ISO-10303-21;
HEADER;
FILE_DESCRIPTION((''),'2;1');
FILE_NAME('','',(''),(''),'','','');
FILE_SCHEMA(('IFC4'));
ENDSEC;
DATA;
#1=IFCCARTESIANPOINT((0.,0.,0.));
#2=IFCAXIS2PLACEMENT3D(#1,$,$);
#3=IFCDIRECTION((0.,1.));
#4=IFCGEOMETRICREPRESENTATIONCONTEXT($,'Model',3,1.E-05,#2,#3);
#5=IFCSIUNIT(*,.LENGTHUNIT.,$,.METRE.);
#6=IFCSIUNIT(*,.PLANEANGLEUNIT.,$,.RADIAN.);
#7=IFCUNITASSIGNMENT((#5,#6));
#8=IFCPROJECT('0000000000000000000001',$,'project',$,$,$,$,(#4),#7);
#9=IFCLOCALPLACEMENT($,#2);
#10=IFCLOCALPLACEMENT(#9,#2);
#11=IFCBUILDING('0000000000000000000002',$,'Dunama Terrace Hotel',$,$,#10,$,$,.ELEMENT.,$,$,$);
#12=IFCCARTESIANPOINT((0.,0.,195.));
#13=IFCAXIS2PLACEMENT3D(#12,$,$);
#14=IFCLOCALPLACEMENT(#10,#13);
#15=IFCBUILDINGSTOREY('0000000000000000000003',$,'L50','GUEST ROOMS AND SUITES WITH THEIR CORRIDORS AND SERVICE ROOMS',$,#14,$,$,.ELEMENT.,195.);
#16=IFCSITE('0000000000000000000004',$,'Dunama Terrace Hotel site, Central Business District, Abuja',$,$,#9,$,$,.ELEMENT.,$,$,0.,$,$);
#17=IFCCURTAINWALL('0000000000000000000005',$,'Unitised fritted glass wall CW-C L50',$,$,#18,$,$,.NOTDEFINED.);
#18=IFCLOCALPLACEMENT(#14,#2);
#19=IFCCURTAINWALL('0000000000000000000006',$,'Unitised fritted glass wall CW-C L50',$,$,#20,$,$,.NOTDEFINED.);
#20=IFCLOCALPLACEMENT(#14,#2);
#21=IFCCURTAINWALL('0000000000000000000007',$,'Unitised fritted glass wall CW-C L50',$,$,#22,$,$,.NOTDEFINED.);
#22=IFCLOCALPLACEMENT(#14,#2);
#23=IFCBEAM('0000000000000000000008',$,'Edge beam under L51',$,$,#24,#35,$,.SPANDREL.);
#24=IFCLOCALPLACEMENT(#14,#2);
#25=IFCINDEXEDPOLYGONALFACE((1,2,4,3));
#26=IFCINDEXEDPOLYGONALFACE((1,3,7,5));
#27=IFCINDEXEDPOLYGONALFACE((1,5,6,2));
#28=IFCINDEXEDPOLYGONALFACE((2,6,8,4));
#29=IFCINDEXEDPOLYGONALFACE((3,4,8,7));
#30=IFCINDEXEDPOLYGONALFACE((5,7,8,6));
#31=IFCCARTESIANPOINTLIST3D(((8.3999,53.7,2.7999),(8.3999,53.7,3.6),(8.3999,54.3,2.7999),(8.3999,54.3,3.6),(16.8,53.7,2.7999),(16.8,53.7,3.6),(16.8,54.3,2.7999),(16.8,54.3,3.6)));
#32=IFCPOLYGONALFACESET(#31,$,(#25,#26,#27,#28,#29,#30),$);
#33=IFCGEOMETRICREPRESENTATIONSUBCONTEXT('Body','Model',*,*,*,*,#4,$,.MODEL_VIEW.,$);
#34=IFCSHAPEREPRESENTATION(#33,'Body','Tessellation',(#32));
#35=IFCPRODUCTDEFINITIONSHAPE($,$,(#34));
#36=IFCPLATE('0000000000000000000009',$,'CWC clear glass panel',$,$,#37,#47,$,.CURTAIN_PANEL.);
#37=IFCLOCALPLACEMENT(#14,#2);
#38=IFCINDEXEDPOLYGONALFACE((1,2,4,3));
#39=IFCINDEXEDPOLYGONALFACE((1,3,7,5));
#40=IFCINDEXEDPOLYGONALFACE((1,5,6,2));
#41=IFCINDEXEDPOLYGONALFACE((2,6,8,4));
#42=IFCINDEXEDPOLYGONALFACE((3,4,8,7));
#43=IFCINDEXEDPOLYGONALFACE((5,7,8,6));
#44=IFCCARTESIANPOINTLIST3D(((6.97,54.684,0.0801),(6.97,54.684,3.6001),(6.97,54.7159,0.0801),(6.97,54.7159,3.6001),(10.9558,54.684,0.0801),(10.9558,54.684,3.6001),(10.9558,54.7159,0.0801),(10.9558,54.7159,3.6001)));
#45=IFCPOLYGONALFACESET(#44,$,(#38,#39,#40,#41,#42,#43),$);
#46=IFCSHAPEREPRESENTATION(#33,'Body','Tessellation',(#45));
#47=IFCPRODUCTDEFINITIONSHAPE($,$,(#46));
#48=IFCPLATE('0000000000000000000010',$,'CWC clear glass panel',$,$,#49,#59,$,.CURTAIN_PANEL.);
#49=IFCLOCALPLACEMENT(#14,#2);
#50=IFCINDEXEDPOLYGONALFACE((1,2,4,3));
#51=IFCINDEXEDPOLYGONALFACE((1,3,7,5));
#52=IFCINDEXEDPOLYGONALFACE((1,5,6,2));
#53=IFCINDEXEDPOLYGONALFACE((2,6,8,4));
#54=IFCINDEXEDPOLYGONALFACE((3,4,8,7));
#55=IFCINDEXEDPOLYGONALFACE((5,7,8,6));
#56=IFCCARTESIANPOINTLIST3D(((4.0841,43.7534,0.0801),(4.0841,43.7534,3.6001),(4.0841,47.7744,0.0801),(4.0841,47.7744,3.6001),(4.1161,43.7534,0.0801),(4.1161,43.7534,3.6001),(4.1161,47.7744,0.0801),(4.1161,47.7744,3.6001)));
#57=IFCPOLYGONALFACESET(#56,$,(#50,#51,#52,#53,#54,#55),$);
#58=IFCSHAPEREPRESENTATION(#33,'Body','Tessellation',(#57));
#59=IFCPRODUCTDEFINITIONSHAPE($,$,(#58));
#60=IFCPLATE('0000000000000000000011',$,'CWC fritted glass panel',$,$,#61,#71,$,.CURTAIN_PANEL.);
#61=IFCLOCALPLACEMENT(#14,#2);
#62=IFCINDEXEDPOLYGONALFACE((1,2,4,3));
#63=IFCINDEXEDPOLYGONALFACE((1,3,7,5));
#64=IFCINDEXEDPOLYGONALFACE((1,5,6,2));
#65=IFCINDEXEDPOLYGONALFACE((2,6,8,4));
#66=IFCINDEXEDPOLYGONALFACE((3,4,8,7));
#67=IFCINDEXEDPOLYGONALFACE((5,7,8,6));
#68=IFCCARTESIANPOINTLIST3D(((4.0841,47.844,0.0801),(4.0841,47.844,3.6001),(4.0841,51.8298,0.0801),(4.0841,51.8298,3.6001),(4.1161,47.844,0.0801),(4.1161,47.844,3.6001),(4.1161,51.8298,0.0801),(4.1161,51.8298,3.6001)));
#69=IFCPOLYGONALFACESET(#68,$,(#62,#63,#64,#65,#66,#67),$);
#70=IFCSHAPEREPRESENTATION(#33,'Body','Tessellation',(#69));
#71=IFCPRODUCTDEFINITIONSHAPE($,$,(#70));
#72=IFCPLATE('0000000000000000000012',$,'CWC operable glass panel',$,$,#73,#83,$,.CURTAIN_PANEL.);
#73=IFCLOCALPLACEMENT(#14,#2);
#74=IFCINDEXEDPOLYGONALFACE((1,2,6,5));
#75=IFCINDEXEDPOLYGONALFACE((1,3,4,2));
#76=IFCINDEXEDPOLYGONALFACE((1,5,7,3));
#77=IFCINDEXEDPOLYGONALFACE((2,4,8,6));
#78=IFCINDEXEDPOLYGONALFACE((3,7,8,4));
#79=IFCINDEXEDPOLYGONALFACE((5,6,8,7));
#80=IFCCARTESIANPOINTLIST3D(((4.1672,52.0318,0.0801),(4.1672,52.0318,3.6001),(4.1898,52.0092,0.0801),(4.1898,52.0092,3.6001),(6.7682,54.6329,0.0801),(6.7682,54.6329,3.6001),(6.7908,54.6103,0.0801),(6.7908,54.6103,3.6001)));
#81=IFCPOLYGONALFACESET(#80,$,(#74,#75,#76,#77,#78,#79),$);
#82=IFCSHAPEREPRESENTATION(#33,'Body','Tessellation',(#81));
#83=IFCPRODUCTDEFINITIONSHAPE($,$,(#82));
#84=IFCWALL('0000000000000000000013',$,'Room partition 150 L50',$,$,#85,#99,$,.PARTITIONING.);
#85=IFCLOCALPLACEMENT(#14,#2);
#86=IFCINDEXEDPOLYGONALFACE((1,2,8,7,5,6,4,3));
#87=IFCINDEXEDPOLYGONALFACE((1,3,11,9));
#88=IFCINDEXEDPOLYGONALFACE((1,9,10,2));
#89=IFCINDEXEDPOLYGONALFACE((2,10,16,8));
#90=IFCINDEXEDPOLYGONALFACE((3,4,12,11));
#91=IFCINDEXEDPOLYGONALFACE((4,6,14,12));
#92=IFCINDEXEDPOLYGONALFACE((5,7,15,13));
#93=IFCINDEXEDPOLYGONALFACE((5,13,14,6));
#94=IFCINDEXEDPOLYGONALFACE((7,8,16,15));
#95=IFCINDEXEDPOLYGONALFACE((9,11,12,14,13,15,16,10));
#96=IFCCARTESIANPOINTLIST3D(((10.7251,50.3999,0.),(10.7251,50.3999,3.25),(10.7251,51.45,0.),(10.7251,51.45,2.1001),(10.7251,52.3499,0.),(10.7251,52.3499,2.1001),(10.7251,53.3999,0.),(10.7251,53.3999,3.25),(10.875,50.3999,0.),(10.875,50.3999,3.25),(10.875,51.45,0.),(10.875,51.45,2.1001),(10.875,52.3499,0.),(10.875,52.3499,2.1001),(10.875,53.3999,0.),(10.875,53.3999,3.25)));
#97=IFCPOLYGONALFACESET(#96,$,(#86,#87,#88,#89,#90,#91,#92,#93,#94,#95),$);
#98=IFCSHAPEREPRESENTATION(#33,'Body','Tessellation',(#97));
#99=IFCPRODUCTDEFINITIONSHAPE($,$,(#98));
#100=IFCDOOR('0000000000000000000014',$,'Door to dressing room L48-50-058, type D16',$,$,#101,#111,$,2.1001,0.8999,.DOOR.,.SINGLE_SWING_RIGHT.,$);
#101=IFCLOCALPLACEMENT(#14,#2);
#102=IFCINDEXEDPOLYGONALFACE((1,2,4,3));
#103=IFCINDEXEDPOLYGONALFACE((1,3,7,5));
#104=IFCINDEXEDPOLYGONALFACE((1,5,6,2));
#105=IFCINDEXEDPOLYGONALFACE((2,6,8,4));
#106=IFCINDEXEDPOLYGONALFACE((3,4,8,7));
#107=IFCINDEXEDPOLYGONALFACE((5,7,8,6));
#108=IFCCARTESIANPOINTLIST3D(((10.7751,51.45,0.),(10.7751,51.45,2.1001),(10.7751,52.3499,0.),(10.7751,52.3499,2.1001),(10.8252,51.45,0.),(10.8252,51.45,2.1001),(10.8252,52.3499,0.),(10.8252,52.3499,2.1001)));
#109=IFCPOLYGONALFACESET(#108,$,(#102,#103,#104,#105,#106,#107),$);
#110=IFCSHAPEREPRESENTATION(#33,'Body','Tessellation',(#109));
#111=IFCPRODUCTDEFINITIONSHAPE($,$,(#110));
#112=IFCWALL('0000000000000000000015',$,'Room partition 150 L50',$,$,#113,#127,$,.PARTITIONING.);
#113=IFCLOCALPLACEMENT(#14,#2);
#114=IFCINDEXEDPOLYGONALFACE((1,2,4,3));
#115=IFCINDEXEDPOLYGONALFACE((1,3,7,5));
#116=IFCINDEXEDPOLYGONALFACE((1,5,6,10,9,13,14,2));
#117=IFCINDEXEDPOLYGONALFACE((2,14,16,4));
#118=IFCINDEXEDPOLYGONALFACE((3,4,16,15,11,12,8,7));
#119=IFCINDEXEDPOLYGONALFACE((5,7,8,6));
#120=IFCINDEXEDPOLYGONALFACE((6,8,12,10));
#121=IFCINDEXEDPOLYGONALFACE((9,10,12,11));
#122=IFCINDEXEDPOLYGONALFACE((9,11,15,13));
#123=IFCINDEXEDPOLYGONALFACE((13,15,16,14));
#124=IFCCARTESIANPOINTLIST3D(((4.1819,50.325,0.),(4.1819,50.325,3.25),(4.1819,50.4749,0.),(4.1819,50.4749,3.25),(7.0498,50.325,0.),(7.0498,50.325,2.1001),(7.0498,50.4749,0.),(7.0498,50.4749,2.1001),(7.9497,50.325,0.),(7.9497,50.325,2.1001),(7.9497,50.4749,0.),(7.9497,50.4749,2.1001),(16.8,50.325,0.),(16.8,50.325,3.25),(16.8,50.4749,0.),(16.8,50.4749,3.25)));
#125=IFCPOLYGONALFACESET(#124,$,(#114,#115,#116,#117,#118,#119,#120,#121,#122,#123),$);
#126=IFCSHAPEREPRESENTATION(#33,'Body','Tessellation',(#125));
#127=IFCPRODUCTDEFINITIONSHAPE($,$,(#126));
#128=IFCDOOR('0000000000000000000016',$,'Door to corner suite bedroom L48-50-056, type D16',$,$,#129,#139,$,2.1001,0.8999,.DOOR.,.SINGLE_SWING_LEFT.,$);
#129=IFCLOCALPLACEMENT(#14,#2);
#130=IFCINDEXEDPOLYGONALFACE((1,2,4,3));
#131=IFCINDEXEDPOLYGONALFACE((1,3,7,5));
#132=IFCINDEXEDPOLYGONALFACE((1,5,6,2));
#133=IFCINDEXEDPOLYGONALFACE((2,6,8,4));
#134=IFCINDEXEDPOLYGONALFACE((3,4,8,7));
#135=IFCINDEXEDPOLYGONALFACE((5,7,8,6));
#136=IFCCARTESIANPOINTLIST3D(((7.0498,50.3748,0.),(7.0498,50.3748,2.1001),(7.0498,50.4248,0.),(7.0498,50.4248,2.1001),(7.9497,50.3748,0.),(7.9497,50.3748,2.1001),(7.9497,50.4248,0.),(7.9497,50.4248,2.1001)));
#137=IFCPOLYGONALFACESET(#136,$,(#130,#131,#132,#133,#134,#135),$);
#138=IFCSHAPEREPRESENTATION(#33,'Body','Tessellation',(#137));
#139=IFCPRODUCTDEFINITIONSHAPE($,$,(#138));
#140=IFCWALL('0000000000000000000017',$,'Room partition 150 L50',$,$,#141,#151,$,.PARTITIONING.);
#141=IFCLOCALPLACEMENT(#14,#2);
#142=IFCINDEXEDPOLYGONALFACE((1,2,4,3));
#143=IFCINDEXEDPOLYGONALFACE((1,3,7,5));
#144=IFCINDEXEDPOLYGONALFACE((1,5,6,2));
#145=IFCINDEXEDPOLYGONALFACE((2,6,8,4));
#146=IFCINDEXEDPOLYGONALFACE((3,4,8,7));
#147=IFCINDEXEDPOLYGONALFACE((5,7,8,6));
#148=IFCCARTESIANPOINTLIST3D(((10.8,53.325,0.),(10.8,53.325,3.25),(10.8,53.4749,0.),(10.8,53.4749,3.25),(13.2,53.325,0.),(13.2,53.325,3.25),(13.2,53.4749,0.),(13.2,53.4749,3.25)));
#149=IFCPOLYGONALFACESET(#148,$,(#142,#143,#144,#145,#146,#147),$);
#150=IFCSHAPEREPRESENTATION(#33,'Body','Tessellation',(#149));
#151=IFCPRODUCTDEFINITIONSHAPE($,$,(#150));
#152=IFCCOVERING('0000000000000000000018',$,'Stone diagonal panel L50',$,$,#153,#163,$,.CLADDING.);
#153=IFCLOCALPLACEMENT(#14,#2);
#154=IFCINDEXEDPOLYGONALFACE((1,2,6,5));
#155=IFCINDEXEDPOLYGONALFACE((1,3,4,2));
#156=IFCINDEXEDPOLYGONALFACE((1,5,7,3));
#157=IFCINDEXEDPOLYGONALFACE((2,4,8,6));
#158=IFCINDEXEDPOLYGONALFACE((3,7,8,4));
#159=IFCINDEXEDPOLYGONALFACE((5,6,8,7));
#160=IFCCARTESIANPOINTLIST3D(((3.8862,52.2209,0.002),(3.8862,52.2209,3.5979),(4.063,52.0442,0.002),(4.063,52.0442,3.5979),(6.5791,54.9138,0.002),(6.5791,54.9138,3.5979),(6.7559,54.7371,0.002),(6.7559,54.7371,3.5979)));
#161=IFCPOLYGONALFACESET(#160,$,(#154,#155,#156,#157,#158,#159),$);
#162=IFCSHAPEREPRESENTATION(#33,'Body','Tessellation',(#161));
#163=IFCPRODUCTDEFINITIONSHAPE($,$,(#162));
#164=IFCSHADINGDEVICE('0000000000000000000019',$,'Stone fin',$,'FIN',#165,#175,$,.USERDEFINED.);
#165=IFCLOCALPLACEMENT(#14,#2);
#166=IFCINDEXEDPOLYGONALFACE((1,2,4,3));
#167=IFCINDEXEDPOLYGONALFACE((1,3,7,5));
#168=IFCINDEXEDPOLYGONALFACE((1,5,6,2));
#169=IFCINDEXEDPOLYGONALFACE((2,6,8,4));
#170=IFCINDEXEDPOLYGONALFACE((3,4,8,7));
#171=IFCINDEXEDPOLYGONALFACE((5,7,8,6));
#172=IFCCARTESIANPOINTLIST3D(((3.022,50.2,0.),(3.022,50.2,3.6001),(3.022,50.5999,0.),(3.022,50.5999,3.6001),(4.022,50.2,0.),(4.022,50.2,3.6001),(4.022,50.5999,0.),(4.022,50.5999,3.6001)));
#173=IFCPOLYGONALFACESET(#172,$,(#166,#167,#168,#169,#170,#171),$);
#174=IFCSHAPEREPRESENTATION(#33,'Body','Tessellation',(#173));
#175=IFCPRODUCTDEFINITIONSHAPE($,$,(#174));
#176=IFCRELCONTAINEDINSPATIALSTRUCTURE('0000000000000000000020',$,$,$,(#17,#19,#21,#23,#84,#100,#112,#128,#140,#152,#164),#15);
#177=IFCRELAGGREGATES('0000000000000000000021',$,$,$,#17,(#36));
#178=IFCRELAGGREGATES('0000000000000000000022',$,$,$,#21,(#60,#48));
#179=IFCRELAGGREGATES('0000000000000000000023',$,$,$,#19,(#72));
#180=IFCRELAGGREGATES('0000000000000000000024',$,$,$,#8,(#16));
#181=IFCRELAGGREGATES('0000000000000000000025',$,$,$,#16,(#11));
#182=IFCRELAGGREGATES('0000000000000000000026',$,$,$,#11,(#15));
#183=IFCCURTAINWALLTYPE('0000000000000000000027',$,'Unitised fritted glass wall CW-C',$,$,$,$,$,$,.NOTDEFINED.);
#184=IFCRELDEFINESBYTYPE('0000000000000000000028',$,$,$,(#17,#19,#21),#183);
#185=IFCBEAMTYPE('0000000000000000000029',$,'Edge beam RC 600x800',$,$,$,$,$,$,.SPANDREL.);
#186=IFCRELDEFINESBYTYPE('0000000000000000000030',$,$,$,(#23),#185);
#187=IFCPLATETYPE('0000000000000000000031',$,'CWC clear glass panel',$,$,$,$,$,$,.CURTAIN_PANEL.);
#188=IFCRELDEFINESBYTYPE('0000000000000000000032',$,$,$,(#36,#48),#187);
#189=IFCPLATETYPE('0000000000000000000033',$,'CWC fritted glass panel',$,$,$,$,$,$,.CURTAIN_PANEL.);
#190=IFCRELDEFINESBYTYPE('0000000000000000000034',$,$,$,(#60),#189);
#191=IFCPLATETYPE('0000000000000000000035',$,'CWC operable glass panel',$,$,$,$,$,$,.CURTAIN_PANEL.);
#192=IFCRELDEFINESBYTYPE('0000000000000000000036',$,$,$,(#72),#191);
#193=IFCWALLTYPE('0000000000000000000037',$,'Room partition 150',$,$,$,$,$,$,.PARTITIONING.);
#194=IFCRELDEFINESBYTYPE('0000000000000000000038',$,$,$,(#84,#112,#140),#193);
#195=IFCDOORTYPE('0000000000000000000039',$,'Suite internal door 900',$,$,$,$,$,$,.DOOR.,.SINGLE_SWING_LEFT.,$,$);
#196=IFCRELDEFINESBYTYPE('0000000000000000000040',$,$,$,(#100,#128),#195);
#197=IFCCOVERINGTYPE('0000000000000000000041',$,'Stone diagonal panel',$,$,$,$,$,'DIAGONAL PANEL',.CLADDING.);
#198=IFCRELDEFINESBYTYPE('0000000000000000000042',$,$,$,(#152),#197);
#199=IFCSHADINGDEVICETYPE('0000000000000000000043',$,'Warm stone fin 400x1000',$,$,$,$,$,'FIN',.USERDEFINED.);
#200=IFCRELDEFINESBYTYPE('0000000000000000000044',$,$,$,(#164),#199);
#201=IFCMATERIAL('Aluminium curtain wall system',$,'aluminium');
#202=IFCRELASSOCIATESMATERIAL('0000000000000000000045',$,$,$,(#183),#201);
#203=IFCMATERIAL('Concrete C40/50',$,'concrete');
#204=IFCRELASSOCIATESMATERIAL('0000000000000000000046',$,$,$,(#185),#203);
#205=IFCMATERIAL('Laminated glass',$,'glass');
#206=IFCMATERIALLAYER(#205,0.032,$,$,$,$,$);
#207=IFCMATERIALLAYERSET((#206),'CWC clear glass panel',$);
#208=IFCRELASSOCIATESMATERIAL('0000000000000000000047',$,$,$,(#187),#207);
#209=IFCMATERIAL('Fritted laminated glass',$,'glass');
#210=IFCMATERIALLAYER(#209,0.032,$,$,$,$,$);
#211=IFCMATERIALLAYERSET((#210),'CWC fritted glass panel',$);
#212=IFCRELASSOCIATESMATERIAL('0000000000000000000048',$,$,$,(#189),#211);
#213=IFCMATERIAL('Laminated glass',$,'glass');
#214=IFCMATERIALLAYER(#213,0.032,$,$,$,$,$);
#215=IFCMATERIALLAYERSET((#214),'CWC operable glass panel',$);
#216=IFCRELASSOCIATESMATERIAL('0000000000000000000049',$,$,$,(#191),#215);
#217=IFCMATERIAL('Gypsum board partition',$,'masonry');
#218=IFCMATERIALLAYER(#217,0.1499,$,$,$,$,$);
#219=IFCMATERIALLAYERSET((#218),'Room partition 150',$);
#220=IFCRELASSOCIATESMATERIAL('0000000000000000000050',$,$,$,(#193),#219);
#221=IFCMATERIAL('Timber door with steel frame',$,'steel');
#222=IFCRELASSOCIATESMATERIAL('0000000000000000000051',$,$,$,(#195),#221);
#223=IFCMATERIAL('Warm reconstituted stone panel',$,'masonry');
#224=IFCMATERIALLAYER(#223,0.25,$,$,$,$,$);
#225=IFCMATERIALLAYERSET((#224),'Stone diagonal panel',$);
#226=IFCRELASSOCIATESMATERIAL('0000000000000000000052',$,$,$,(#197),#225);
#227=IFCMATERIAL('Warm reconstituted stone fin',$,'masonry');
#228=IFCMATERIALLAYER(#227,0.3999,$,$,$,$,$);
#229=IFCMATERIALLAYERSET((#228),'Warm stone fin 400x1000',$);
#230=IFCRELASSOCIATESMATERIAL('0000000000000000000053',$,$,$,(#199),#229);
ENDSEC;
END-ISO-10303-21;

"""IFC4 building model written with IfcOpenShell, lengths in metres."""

from ifc_helpers import new_model, si_unit, direction, frame, frame_2d, origin, origin_2d, place, context, subcontext, project, spatial, rectangle, extrude, material, layer, layer_set, material_profile, profile_set, type_object, element, fill, aggregate, save


model = new_model("IFC4")

# Units and contexts
model_context = context("Model", 3, precision=1e-05, world=origin(), true_north=direction((0.0, 1.0)))
body_context = subcontext(model_context, "Body", "Model", "MODEL_VIEW")
ifc_project = project(units=[si_unit("LENGTHUNIT", "METRE"), si_unit("PLANEANGLEUNIT", "RADIAN")], contexts=[model_context])

# Site, building, storey
site_placement = place(None, origin())
site = spatial("IfcSite", under=ifc_project, at=site_placement, Name="Dunama Terrace Hotel site, Central Business District, Abuja", CompositionType="ELEMENT", RefElevation=0.0)
building_placement = place(site_placement, origin())
building = spatial("IfcBuilding", under=site, at=building_placement, Name="Dunama Terrace Hotel", CompositionType="ELEMENT")
storey_placement = place(building_placement, frame((0.0, 0.0, 195.0)))
storey = spatial("IfcBuildingStorey", under=building, at=storey_placement, Name="L50", Description="GUEST ROOMS AND SUITES WITH THEIR CORRIDORS AND SERVICE ROOMS", CompositionType="ELEMENT", Elevation=195.0)

# Curtain walls
ifc_material_1 = material(Name="Aluminium curtain wall system", Category="aluminium")
curtain_wall_type = type_object("IfcCurtainWallType", Name="Unitised fritted glass wall CW-C", PredefinedType="NOTDEFINED", material=ifc_material_1)
curtain_wall_1_placement = place(storey_placement, origin())
curtain_wall_1 = element("IfcCurtainWall", 1, at=curtain_wall_1_placement, inside=storey, type_object=curtain_wall_type, Name="Unitised fritted glass wall CW-C L50", PredefinedType="NOTDEFINED")
curtain_wall_2_placement = place(storey_placement, origin())
curtain_wall_2 = element("IfcCurtainWall", 2, at=curtain_wall_2_placement, inside=storey, type_object=curtain_wall_type, Name="Unitised fritted glass wall CW-C L50", PredefinedType="NOTDEFINED")
curtain_wall_3_placement = place(storey_placement, origin())
curtain_wall_3 = element("IfcCurtainWall", 3, at=curtain_wall_3_placement, inside=storey, type_object=curtain_wall_type, Name="Unitised fritted glass wall CW-C L50", PredefinedType="NOTDEFINED")

# Beam
ifc_material_2 = material(Name="Concrete C40/50", Category="concrete")
ifc_material_profile_1 = material_profile(ifc_material_2, rectangle(XDim=0.6001, YDim=0.8, at=origin_2d()), Name="RC 600x800")
ifc_profile_set_1 = profile_set([ifc_material_profile_1], Name="Concrete C40/50")
beam_type_1 = type_object("IfcBeamType", Name="Edge beam RC 600x800", PredefinedType="SPANDREL", material=ifc_profile_set_1)
beam_1_placement = place(storey_placement, frame((8.3999, 54.0, 3.2), z_axis=(1.0, 0.0, 0.0), x_axis=(0.0, 1.0, 0.0)))
element("IfcBeam", 4, at=beam_1_placement, inside=storey, type_object=beam_type_1, Name="Edge beam under L51", PredefinedType="SPANDREL", context=body_context, shape_type="SweptSolid", body=[
    extrude(rectangle(XDim=0.6001, YDim=0.8, at=origin_2d()), origin(), (0.0, 0.0, 1.0), 8.4001),
])

# Plates
ifc_material_3 = material(Name="Laminated glass", Category="glass")
ifc_layer_1 = layer(ifc_material_3, 0.032)
ifc_layer_set_1 = layer_set([ifc_layer_1], Name="CWC clear glass panel")
plate_type_1 = type_object("IfcPlateType", Name="CWC clear glass panel", PredefinedType="CURTAIN_PANEL", material=ifc_layer_set_1)
plate_1_placement = place(storey_placement, frame((8.9629, 54.7, 0.0801), z_axis=(0.0, 0.0, 1.0), x_axis=(-1.0, 0.0, 0.0)))
plate_1 = element("IfcPlate", 5, at=plate_1_placement, type_object=plate_type_1, Name="CWC clear glass panel", PredefinedType="CURTAIN_PANEL", context=body_context, shape_type="SweptSolid", body=[
    extrude(rectangle(XDim=3.9858, YDim=0.032, at=origin_2d()), origin(), (0.0, 0.0, 1.0), 3.52),
])
aggregate(curtain_wall_1, [plate_1])
plate_2_placement = place(storey_placement, frame((4.1001, 45.7639, 0.0801), z_axis=(0.0, 0.0, 1.0), x_axis=(0.0, -1.0, 0.0)))
plate_2 = element("IfcPlate", 6, at=plate_2_placement, type_object=plate_type_1, Name="CWC clear glass panel", PredefinedType="CURTAIN_PANEL", context=body_context, shape_type="SweptSolid", body=[
    extrude(rectangle(XDim=4.021, YDim=0.032, at=origin_2d()), origin(), (0.0, 0.0, 1.0), 3.52),
])
ifc_material_4 = material(Name="Fritted laminated glass", Category="glass")
ifc_layer_2 = layer(ifc_material_4, 0.032)
ifc_layer_set_2 = layer_set([ifc_layer_2], Name="CWC fritted glass panel")
plate_type_2 = type_object("IfcPlateType", Name="CWC fritted glass panel", PredefinedType="CURTAIN_PANEL", material=ifc_layer_set_2)
plate_3_placement = place(storey_placement, frame((4.1001, 49.8369, 0.0801), z_axis=(0.0, 0.0, 1.0), x_axis=(0.0, -1.0, 0.0)))
plate_3 = element("IfcPlate", 7, at=plate_3_placement, type_object=plate_type_2, Name="CWC fritted glass panel", PredefinedType="CURTAIN_PANEL", context=body_context, shape_type="SweptSolid", body=[
    extrude(rectangle(XDim=3.9858, YDim=0.032, at=origin_2d()), origin(), (0.0, 0.0, 1.0), 3.52),
])
aggregate(curtain_wall_3, [plate_3, plate_2])
ifc_material_5 = material(Name="Laminated glass", Category="glass")
ifc_layer_3 = layer(ifc_material_5, 0.032)
ifc_layer_set_3 = layer_set([ifc_layer_3], Name="CWC operable glass panel")
plate_type_3 = type_object("IfcPlateType", Name="CWC operable glass panel", PredefinedType="CURTAIN_PANEL", material=ifc_layer_set_3)
plate_4_placement = place(storey_placement, frame((5.479, 53.321, 0.0801), z_axis=(0.0, 0.0, 1.0), x_axis=(-0.707107, -0.707107, 0.0)))
plate_4 = element("IfcPlate", 8, at=plate_4_placement, type_object=plate_type_3, Name="CWC operable glass panel", PredefinedType="CURTAIN_PANEL", context=body_context, shape_type="SweptSolid", body=[
    extrude(rectangle(XDim=3.6785, YDim=0.032, at=origin_2d()), origin(), (0.0, 0.0, 1.0), 3.52),
])
aggregate(curtain_wall_2, [plate_4])

# Walls, openings, doors
ifc_material_6 = material(Name="Gypsum board partition", Category="masonry")
ifc_layer_4 = layer(ifc_material_6, 0.1499)
ifc_layer_set_4 = layer_set([ifc_layer_4], Name="Room partition 150")
wall_type = type_object("IfcWallType", Name="Room partition 150", PredefinedType="PARTITIONING", material=ifc_layer_set_4)
wall_1_placement = place(storey_placement, frame((10.8, 50.3999, 0.0), z_axis=(0.0, 0.0, 1.0), x_axis=(0.0, 1.0, 0.0)))
wall_1 = element("IfcWall", 9, at=wall_1_placement, inside=storey, type_object=wall_type, Name="Room partition 150 L50", PredefinedType="PARTITIONING", context=body_context, shape_type="SweptSolid", body=[
    extrude(rectangle(XDim=3.0, YDim=0.1499, at=frame_2d((1.5, 0.0))), origin(), (0.0, 0.0, 1.0), 3.25),
])
opening_1_placement = place(wall_1_placement, frame((1.05, 0.0, 0.0)))
opening_1 = element("IfcOpeningElement", 10, at=opening_1_placement, cuts=wall_1, PredefinedType="OPENING", context=body_context, shape_type="SweptSolid", body=[
    extrude(rectangle(XDim=0.8999, YDim=2.1001, at=frame_2d((0.45, 1.05))), frame((0.0, 0.085, 0.0), z_axis=(0.0, -1.0, 0.0), x_axis=(1.0, 0.0, 0.0)), (0.0, 0.0, 1.0), 0.1699),
])
ifc_material_7 = material(Name="Timber door with steel frame", Category="steel")
door_type = type_object("IfcDoorType", Name="Suite internal door 900", OperationType="SINGLE_SWING_LEFT", PredefinedType="DOOR", material=ifc_material_7)
door_1_placement = place(opening_1_placement, frame((0.8999, 0.0, 0.0), z_axis=(0.0, 0.0, 1.0), x_axis=(-1.0, 0.0, 0.0)))
door_1 = element("IfcDoor", 11, at=door_1_placement, inside=storey, type_object=door_type, Name="Door to dressing room L48-50-058, type D16", OperationType="SINGLE_SWING_RIGHT", OverallHeight=2.1001, OverallWidth=0.8999, PredefinedType="DOOR", context=body_context, shape_type="SweptSolid", body=[
    extrude(rectangle(XDim=0.8999, YDim=2.1001, at=frame_2d((0.45, 1.05))), frame((0.0, 0.0251, 0.0), z_axis=(0.0, -1.0, 0.0), x_axis=(1.0, 0.0, 0.0)), (0.0, 0.0, 1.0), 0.05),
])
fill(opening_1, door_1)
wall_2_placement = place(storey_placement, frame((4.1819, 50.3999, 0.0), z_axis=(0.0, 0.0, 1.0), x_axis=(1.0, 0.0, 0.0)))
wall_2 = element("IfcWall", 12, at=wall_2_placement, inside=storey, type_object=wall_type, Name="Room partition 150 L50", PredefinedType="PARTITIONING", context=body_context, shape_type="SweptSolid", body=[
    extrude(rectangle(XDim=12.6182, YDim=0.1499, at=frame_2d((6.3091, 0.0))), origin(), (0.0, 0.0, 1.0), 3.25),
])
opening_2_placement = place(wall_2_placement, frame((2.8679, 0.0, 0.0)))
opening_2 = element("IfcOpeningElement", 13, at=opening_2_placement, cuts=wall_2, PredefinedType="OPENING", context=body_context, shape_type="SweptSolid", body=[
    extrude(rectangle(XDim=0.8999, YDim=2.1001, at=frame_2d((0.45, 1.05))), frame((0.0, 0.085, 0.0), z_axis=(0.0, -1.0, 0.0), x_axis=(1.0, 0.0, 0.0)), (0.0, 0.0, 1.0), 0.1699),
])
door_2_placement = place(opening_2_placement, origin())
door_2 = element("IfcDoor", 14, at=door_2_placement, inside=storey, type_object=door_type, Name="Door to corner suite bedroom L48-50-056, type D16", OperationType="SINGLE_SWING_LEFT", OverallHeight=2.1001, OverallWidth=0.8999, PredefinedType="DOOR", context=body_context, shape_type="SweptSolid", body=[
    extrude(rectangle(XDim=0.8999, YDim=2.1001, at=frame_2d((0.45, 1.05))), frame((0.0, 0.0249, 0.0), z_axis=(0.0, -1.0, 0.0), x_axis=(1.0, 0.0, 0.0)), (0.0, 0.0, 1.0), 0.05),
])
fill(opening_2, door_2)

# Wall
wall_3_placement = place(storey_placement, frame((10.8, 53.3999, 0.0), z_axis=(0.0, 0.0, 1.0), x_axis=(1.0, 0.0, 0.0)))
element("IfcWall", 15, at=wall_3_placement, inside=storey, type_object=wall_type, Name="Room partition 150 L50", PredefinedType="PARTITIONING", context=body_context, shape_type="SweptSolid", body=[
    extrude(rectangle(XDim=2.3999, YDim=0.1499, at=frame_2d((1.2, 0.0))), origin(), (0.0, 0.0, 1.0), 3.25),
])

# Covering
ifc_material_8 = material(Name="Warm reconstituted stone panel", Category="masonry")
ifc_layer_5 = layer(ifc_material_8, 0.25)
ifc_layer_set_5 = layer_set([ifc_layer_5], Name="Stone diagonal panel")
covering_type = type_object("IfcCoveringType", Name="Stone diagonal panel", ElementType="DIAGONAL PANEL", PredefinedType="CLADDING", material=ifc_layer_set_5)
covering_placement = place(storey_placement, frame((5.321, 53.479, 0.002), z_axis=(0.0, 0.0, 1.0), x_axis=(-0.707107, -0.707107, 0.0)))
element("IfcCovering", 16, at=covering_placement, inside=storey, type_object=covering_type, Name="Stone diagonal panel L50", PredefinedType="CLADDING", context=body_context, shape_type="SweptSolid", body=[
    extrude(rectangle(XDim=3.8083, YDim=0.25, at=origin_2d()), origin(), (0.0, 0.0, 1.0), 3.5959),
])

# Shading device
ifc_material_9 = material(Name="Warm reconstituted stone fin", Category="masonry")
ifc_layer_6 = layer(ifc_material_9, 0.3999)
ifc_layer_set_6 = layer_set([ifc_layer_6], Name="Warm stone fin 400x1000")
shading_device_type = type_object("IfcShadingDeviceType", Name="Warm stone fin 400x1000", ElementType="FIN", PredefinedType="USERDEFINED", material=ifc_layer_set_6)
shading_device_placement = place(storey_placement, frame((3.522, 50.3999, 0.0), z_axis=(0.0, 0.0, 1.0), x_axis=(0.0, -1.0, 0.0)))
element("IfcShadingDevice", 17, at=shading_device_placement, inside=storey, type_object=shading_device_type, Name="Stone fin", ObjectType="FIN", PredefinedType="USERDEFINED", context=body_context, shape_type="SweptSolid", body=[
    extrude(rectangle(XDim=0.3999, YDim=1.0, at=origin_2d()), origin(), (0.0, 0.0, 1.0), 3.6001),
])

save(model, "model.ifc")
